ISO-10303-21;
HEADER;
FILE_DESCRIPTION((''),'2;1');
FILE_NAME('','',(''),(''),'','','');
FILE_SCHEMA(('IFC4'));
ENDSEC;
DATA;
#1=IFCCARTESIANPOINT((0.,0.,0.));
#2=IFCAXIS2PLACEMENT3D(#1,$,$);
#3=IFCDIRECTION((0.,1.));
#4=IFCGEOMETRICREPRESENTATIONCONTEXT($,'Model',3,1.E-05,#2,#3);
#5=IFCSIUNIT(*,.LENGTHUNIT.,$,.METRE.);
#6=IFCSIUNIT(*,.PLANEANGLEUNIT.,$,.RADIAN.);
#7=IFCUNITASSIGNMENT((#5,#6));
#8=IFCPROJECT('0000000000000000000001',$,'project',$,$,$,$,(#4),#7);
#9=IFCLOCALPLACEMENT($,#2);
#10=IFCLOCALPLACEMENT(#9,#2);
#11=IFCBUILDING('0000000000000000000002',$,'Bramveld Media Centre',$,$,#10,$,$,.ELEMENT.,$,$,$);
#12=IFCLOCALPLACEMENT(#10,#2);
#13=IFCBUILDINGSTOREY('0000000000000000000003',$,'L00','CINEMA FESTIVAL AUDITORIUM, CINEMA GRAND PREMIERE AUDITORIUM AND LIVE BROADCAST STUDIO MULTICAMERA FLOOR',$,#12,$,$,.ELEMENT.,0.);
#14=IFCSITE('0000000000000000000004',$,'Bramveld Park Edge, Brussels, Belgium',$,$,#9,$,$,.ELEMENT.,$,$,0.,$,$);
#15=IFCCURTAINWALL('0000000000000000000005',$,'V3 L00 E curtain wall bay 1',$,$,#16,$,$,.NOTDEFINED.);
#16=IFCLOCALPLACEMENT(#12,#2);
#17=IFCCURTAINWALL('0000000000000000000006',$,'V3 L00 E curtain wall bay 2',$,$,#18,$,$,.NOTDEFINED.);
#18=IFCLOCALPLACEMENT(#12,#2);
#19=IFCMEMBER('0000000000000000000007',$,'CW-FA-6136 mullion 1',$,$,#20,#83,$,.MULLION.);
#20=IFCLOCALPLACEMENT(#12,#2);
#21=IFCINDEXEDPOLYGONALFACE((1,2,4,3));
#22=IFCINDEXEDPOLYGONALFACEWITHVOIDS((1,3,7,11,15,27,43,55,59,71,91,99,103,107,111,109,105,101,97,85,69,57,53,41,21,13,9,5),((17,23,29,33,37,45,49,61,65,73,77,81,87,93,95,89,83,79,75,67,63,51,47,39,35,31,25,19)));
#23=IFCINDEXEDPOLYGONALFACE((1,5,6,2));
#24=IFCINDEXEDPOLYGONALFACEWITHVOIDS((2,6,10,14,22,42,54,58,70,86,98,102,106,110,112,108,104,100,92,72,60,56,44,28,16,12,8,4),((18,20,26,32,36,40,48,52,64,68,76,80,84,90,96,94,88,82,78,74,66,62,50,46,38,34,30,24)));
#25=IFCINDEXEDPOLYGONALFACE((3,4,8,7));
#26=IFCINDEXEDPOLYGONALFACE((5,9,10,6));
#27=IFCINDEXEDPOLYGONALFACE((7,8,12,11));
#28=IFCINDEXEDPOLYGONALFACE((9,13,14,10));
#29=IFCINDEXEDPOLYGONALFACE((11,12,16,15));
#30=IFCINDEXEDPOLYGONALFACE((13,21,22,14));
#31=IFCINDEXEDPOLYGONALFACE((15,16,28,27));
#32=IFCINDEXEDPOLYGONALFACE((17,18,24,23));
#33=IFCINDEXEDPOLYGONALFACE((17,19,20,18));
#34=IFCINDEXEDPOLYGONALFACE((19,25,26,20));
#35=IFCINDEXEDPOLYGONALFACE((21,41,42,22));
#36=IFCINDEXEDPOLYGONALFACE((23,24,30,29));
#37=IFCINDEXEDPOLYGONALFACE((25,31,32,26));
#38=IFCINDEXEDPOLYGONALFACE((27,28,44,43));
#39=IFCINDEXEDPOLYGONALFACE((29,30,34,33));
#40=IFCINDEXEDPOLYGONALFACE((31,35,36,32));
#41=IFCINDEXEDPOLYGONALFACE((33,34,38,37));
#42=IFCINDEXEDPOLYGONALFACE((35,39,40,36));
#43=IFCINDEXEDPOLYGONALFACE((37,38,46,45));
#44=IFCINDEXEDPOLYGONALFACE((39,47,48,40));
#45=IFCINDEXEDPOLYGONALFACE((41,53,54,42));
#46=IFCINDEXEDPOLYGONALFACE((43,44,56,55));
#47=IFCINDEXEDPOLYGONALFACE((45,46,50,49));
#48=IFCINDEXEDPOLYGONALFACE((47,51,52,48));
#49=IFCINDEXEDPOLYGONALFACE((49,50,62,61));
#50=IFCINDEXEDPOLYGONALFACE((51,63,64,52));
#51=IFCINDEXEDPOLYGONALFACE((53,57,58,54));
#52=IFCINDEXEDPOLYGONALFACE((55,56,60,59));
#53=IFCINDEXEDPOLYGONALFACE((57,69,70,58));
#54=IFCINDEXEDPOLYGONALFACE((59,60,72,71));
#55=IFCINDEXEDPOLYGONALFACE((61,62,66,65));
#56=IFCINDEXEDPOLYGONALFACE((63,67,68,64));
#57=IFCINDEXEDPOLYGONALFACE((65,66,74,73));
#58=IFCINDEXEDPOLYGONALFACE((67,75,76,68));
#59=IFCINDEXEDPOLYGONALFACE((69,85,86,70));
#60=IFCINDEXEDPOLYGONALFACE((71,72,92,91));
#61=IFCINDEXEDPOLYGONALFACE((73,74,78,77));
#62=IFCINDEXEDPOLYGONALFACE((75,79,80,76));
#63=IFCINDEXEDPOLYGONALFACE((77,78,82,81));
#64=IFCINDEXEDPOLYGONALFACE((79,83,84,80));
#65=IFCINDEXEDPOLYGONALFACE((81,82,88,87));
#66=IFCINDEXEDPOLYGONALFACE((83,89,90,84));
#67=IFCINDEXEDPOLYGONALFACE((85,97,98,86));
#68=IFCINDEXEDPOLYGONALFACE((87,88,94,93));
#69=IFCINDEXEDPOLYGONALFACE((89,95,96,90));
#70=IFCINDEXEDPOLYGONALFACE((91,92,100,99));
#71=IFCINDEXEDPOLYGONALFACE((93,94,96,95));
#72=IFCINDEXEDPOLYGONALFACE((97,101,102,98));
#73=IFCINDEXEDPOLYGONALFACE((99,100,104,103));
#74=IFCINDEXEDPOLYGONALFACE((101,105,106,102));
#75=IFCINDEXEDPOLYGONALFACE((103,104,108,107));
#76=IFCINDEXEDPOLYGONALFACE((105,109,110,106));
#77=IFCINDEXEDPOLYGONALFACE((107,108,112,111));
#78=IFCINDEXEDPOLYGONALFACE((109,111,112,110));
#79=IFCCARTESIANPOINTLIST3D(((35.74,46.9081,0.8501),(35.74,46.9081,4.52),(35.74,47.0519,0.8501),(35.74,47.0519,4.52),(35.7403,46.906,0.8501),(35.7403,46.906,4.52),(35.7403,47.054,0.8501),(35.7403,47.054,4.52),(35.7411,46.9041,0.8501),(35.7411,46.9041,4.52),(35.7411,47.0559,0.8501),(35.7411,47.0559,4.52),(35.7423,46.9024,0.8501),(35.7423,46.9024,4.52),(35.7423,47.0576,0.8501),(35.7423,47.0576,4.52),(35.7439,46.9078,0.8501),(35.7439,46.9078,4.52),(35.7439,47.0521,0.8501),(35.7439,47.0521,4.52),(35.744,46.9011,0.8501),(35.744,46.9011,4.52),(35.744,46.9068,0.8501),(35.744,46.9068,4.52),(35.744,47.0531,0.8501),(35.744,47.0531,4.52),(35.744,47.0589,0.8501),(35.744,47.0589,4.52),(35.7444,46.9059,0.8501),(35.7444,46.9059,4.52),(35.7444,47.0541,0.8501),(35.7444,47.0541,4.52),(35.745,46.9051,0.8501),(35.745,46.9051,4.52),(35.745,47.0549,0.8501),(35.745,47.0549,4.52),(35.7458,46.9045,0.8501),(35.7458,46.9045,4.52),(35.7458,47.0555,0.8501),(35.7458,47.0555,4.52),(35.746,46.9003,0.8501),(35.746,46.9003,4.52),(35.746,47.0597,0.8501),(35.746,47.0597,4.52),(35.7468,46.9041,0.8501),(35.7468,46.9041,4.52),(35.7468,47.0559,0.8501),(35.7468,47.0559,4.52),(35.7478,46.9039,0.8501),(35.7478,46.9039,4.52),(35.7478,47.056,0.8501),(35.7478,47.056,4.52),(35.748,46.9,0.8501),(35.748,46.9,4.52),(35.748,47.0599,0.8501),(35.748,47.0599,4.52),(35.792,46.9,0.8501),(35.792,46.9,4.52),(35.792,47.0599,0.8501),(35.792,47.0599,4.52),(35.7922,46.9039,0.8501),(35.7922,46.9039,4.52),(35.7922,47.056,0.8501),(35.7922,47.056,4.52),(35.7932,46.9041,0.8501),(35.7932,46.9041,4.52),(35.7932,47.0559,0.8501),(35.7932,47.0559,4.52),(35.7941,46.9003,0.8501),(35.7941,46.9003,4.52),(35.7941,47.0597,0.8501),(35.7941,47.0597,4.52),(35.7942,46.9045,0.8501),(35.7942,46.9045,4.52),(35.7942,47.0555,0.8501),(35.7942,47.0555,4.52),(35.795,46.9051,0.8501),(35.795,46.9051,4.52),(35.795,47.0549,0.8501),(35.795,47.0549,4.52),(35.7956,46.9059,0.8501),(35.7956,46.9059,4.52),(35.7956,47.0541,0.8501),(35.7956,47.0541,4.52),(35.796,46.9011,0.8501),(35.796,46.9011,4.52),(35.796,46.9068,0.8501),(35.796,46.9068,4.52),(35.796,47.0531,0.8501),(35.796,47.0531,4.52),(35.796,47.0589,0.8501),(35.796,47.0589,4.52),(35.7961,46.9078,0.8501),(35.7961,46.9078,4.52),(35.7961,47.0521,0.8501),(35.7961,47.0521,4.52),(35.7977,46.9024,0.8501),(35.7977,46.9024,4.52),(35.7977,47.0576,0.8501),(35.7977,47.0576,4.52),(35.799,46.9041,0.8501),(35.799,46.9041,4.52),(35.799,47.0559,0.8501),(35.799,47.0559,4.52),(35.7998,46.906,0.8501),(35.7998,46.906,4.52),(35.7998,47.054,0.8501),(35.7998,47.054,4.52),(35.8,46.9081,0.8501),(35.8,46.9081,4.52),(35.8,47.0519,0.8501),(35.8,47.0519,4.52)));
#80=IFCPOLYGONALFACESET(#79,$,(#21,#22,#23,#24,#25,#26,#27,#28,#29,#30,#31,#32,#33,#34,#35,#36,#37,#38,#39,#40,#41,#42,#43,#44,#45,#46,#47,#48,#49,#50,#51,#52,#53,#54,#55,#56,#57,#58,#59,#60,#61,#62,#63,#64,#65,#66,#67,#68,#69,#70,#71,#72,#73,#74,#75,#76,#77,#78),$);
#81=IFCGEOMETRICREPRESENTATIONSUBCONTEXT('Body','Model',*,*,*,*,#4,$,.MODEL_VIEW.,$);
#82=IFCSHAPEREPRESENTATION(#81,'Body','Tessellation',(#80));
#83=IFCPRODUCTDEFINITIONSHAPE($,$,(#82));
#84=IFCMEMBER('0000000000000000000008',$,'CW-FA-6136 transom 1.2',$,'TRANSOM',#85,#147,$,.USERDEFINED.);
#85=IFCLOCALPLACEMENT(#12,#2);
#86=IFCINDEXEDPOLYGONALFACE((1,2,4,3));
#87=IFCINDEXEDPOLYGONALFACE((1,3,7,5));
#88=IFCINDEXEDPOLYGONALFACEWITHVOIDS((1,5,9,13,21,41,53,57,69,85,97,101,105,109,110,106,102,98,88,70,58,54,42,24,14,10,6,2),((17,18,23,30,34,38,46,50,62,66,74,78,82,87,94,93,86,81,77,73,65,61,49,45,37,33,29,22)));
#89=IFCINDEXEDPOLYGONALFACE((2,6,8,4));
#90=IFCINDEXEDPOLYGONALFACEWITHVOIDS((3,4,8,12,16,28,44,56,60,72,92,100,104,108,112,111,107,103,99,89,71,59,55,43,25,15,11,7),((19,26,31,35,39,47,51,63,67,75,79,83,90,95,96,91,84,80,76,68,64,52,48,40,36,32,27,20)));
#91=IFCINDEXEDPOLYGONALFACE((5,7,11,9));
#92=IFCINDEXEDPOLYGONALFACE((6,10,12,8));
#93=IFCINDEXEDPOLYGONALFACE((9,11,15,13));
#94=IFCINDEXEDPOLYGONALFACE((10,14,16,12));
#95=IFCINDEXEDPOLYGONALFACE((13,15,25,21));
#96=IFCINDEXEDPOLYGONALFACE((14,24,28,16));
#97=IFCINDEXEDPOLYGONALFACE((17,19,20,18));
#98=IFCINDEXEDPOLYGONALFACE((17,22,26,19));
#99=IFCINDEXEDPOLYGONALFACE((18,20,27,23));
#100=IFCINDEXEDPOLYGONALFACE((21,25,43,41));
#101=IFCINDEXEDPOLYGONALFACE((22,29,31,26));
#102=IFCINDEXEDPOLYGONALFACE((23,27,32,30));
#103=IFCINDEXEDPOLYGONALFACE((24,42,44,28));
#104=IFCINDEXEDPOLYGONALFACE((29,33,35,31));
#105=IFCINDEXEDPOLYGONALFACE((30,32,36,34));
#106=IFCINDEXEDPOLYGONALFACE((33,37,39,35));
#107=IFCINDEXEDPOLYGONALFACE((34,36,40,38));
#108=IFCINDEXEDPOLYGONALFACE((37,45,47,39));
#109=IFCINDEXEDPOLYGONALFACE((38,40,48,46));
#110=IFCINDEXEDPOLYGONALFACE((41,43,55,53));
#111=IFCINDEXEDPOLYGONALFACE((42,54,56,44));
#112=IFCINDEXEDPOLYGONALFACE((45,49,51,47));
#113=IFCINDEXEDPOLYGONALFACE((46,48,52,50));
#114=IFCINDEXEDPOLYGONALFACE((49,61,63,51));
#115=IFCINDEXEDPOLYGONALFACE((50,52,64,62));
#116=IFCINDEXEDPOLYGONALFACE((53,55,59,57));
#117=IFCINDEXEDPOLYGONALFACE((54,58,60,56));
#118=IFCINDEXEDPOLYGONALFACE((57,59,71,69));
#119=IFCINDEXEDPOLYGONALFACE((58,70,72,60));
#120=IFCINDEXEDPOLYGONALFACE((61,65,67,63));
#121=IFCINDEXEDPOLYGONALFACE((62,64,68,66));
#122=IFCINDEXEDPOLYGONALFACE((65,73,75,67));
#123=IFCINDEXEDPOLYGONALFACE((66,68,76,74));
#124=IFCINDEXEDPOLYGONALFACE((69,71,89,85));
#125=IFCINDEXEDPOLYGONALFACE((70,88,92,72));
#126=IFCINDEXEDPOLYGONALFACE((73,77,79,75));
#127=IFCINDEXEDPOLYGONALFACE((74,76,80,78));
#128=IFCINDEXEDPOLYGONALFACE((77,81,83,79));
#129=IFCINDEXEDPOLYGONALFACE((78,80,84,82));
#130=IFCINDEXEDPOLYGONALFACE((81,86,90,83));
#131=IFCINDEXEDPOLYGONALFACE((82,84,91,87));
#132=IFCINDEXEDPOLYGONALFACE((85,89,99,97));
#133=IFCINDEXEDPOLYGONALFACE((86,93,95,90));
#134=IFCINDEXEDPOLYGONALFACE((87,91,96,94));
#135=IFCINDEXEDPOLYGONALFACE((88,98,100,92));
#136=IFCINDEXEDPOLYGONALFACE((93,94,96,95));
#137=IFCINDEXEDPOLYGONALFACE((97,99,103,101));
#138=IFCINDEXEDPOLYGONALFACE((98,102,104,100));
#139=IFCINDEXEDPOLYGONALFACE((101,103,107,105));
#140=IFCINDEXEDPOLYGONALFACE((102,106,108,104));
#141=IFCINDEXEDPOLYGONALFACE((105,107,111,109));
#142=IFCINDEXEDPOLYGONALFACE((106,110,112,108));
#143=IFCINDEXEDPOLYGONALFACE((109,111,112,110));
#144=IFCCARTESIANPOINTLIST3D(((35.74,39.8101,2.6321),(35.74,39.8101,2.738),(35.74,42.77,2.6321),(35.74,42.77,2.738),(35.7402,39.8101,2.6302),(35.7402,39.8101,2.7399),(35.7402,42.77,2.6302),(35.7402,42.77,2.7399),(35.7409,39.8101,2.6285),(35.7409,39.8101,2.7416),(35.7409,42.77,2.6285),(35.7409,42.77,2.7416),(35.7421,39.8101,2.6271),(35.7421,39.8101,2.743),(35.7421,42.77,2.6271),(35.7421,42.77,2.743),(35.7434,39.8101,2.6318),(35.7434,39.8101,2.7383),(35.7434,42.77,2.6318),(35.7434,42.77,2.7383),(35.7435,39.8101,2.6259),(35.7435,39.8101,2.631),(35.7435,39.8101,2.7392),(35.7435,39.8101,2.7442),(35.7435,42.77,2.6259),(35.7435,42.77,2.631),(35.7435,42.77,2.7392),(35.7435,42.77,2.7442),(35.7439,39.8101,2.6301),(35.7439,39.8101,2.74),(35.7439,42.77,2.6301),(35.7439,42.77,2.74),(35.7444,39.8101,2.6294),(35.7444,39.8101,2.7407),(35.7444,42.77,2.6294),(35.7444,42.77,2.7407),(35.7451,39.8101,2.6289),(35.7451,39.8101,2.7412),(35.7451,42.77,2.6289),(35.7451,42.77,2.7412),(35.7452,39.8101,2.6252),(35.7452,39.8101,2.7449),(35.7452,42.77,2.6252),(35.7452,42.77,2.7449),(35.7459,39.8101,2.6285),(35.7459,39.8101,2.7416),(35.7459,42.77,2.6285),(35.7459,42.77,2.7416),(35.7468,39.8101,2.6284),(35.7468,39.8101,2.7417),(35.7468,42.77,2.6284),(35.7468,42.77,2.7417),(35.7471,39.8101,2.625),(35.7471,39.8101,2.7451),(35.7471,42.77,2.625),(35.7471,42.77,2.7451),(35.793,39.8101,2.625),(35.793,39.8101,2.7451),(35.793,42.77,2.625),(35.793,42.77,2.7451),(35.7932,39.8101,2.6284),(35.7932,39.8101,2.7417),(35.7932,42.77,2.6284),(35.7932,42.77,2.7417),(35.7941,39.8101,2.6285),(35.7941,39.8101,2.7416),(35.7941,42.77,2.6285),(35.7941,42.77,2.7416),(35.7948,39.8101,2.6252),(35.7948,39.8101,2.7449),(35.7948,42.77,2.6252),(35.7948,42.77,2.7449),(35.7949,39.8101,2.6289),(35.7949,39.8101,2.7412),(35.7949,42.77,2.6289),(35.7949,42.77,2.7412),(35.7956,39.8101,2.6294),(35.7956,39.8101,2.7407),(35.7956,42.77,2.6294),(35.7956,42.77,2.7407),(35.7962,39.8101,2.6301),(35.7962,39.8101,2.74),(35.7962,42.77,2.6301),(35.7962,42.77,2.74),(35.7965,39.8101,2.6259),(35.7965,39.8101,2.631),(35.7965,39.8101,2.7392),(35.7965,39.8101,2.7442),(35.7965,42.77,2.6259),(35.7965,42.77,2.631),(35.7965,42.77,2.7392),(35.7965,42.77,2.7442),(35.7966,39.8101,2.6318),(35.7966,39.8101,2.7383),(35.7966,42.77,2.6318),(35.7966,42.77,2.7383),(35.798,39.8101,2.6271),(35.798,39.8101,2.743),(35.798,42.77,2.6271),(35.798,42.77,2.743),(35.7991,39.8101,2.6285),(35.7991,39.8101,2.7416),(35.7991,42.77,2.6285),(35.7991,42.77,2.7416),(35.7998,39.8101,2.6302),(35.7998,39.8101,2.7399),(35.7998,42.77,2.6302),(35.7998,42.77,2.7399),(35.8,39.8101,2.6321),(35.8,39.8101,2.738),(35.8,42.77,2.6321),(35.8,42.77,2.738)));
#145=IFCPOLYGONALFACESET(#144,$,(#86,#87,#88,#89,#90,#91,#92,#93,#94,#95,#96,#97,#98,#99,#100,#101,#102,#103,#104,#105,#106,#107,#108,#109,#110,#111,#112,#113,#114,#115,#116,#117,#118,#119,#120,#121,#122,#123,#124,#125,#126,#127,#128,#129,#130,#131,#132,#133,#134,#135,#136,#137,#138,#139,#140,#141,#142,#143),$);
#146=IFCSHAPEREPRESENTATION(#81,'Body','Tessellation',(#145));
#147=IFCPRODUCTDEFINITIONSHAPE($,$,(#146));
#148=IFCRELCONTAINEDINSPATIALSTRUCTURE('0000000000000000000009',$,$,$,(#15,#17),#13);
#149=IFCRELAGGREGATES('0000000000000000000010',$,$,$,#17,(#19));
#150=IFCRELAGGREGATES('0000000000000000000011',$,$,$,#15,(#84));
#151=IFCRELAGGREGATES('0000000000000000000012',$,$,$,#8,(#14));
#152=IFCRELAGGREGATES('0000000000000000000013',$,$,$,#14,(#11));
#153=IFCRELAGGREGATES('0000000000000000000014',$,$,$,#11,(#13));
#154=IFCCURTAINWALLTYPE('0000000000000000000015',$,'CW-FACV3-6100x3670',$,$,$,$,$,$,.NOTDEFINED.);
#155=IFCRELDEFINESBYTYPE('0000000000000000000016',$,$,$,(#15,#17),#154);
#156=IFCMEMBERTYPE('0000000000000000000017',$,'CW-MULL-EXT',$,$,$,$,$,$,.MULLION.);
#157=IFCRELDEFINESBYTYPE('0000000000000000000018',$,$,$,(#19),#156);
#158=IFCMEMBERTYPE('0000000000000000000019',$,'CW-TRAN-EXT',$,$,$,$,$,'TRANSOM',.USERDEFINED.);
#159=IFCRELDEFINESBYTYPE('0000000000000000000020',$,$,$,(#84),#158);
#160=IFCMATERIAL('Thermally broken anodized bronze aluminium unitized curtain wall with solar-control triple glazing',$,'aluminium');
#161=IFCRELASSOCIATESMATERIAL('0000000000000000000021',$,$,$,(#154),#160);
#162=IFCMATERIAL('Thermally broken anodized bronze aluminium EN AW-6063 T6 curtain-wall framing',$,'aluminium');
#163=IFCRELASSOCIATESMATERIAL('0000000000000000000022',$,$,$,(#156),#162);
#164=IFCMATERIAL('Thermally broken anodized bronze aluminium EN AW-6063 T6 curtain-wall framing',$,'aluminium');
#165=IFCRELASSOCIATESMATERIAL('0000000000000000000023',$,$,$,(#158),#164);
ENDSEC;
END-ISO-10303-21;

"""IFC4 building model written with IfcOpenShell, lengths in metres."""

from ifc_helpers import new_model, si_unit, direction, frame, origin, origin_2d, place, context, subcontext, project, spatial, hollow_rectangle, extrude, material, material_profile, profile_set, type_object, element, aggregate, save


model = new_model("IFC4")

# Units and contexts
model_context = context("Model", 3, precision=1e-05, world=origin(), true_north=direction((0.0, 1.0)))
body_context = subcontext(model_context, "Body", "Model", "MODEL_VIEW")
ifc_project = project(units=[si_unit("LENGTHUNIT", "METRE"), si_unit("PLANEANGLEUNIT", "RADIAN")], contexts=[model_context])

# Site, building, storey
site_placement = place(None, origin())
site = spatial("IfcSite", under=ifc_project, at=site_placement, Name="Bramveld Park Edge, Brussels, Belgium", CompositionType="ELEMENT", RefElevation=0.0)
building_placement = place(site_placement, origin())
building = spatial("IfcBuilding", under=site, at=building_placement, Name="Bramveld Media Centre", CompositionType="ELEMENT")
storey_placement = place(building_placement, origin())
storey = spatial("IfcBuildingStorey", under=building, at=storey_placement, Name="L00", Description="CINEMA FESTIVAL AUDITORIUM, CINEMA GRAND PREMIERE AUDITORIUM AND LIVE BROADCAST STUDIO MULTICAMERA FLOOR", CompositionType="ELEMENT", Elevation=0.0)

# Curtain wall
ifc_material_1 = material(Name="Thermally broken anodized bronze aluminium unitized curtain wall with solar-control triple glazing", Category="aluminium")
curtain_wall_type = type_object("IfcCurtainWallType", Name="CW-FACV3-6100x3670", PredefinedType="NOTDEFINED", material=ifc_material_1)
curtain_wall_1_placement = place(storey_placement, origin())
curtain_wall_1 = element("IfcCurtainWall", 1, at=curtain_wall_1_placement, inside=storey, type_object=curtain_wall_type, Name="V3 L00 E curtain wall bay 1", PredefinedType="NOTDEFINED")
ifc_material_2 = material(Name="Thermally broken anodized bronze aluminium EN AW-6063 T6 curtain-wall framing", Category="aluminium")
ifc_material_profile_1 = material_profile(ifc_material_2, hollow_rectangle(XDim=0.0601, YDim=0.1599, WallThickness=0.0039, InnerFilletRadius=0.0039, OuterFilletRadius=0.0081, at=origin_2d()), Name="AL-MULL 60x160")
ifc_profile_set_1 = profile_set([ifc_material_profile_1], Name="Thermally broken anodized bronze aluminium EN AW-6063 T6 curtain-wall framing")
member_type_1 = type_object("IfcMemberType", Name="CW-MULL-EXT", PredefinedType="MULLION", material=ifc_profile_set_1)

# Curtain wall, member
curtain_wall_2_placement = place(storey_placement, origin())
curtain_wall_2 = element("IfcCurtainWall", 2, at=curtain_wall_2_placement, inside=storey, type_object=curtain_wall_type, Name="V3 L00 E curtain wall bay 2", PredefinedType="NOTDEFINED")
member_1_placement = place(storey_placement, frame((35.77, 46.98, 0.8501), z_axis=(0.0, 0.0, 1.0), x_axis=(-1.0, 0.0, 0.0)))
member_1 = element("IfcMember", 3, at=member_1_placement, type_object=member_type_1, Name="CW-FA-6136 mullion 1", PredefinedType="MULLION", context=body_context, shape_type="SweptSolid", body=[
    extrude(hollow_rectangle(XDim=0.0601, YDim=0.1599, WallThickness=0.0039, InnerFilletRadius=0.0039, OuterFilletRadius=0.0081, at=origin_2d()), origin(), (0.0, 0.0, 1.0), 3.6699),
])

# Member
ifc_material_3 = material(Name="Thermally broken anodized bronze aluminium EN AW-6063 T6 curtain-wall framing", Category="aluminium")
ifc_material_profile_2 = material_profile(ifc_material_3, hollow_rectangle(XDim=0.0601, YDim=0.1201, WallThickness=0.0034, InnerFilletRadius=0.0034, OuterFilletRadius=0.0071, at=origin_2d()), Name="AL-TRAN 60x120")
ifc_profile_set_2 = profile_set([ifc_material_profile_2], Name="Thermally broken anodized bronze aluminium EN AW-6063 T6 curtain-wall framing")
member_type_2 = type_object("IfcMemberType", Name="CW-TRAN-EXT", ElementType="TRANSOM", PredefinedType="USERDEFINED", material=ifc_profile_set_2)
member_2_placement = place(storey_placement, frame((35.77, 39.8101, 2.6851), z_axis=(0.0, 1.0, 0.0), x_axis=(-1.0, 0.0, 0.0)))
member_2 = element("IfcMember", 4, at=member_2_placement, type_object=member_type_2, Name="CW-FA-6136 transom 1.2", ObjectType="TRANSOM", PredefinedType="USERDEFINED", context=body_context, shape_type="SweptSolid", body=[
    extrude(hollow_rectangle(XDim=0.0601, YDim=0.1201, WallThickness=0.0034, InnerFilletRadius=0.0034, OuterFilletRadius=0.0071, at=origin_2d()), origin(), (0.0, 0.0, 1.0), 2.96),
])
aggregate(curtain_wall_2, [member_1])

aggregate(curtain_wall_1, [member_2])

save(model, "model.ifc")
